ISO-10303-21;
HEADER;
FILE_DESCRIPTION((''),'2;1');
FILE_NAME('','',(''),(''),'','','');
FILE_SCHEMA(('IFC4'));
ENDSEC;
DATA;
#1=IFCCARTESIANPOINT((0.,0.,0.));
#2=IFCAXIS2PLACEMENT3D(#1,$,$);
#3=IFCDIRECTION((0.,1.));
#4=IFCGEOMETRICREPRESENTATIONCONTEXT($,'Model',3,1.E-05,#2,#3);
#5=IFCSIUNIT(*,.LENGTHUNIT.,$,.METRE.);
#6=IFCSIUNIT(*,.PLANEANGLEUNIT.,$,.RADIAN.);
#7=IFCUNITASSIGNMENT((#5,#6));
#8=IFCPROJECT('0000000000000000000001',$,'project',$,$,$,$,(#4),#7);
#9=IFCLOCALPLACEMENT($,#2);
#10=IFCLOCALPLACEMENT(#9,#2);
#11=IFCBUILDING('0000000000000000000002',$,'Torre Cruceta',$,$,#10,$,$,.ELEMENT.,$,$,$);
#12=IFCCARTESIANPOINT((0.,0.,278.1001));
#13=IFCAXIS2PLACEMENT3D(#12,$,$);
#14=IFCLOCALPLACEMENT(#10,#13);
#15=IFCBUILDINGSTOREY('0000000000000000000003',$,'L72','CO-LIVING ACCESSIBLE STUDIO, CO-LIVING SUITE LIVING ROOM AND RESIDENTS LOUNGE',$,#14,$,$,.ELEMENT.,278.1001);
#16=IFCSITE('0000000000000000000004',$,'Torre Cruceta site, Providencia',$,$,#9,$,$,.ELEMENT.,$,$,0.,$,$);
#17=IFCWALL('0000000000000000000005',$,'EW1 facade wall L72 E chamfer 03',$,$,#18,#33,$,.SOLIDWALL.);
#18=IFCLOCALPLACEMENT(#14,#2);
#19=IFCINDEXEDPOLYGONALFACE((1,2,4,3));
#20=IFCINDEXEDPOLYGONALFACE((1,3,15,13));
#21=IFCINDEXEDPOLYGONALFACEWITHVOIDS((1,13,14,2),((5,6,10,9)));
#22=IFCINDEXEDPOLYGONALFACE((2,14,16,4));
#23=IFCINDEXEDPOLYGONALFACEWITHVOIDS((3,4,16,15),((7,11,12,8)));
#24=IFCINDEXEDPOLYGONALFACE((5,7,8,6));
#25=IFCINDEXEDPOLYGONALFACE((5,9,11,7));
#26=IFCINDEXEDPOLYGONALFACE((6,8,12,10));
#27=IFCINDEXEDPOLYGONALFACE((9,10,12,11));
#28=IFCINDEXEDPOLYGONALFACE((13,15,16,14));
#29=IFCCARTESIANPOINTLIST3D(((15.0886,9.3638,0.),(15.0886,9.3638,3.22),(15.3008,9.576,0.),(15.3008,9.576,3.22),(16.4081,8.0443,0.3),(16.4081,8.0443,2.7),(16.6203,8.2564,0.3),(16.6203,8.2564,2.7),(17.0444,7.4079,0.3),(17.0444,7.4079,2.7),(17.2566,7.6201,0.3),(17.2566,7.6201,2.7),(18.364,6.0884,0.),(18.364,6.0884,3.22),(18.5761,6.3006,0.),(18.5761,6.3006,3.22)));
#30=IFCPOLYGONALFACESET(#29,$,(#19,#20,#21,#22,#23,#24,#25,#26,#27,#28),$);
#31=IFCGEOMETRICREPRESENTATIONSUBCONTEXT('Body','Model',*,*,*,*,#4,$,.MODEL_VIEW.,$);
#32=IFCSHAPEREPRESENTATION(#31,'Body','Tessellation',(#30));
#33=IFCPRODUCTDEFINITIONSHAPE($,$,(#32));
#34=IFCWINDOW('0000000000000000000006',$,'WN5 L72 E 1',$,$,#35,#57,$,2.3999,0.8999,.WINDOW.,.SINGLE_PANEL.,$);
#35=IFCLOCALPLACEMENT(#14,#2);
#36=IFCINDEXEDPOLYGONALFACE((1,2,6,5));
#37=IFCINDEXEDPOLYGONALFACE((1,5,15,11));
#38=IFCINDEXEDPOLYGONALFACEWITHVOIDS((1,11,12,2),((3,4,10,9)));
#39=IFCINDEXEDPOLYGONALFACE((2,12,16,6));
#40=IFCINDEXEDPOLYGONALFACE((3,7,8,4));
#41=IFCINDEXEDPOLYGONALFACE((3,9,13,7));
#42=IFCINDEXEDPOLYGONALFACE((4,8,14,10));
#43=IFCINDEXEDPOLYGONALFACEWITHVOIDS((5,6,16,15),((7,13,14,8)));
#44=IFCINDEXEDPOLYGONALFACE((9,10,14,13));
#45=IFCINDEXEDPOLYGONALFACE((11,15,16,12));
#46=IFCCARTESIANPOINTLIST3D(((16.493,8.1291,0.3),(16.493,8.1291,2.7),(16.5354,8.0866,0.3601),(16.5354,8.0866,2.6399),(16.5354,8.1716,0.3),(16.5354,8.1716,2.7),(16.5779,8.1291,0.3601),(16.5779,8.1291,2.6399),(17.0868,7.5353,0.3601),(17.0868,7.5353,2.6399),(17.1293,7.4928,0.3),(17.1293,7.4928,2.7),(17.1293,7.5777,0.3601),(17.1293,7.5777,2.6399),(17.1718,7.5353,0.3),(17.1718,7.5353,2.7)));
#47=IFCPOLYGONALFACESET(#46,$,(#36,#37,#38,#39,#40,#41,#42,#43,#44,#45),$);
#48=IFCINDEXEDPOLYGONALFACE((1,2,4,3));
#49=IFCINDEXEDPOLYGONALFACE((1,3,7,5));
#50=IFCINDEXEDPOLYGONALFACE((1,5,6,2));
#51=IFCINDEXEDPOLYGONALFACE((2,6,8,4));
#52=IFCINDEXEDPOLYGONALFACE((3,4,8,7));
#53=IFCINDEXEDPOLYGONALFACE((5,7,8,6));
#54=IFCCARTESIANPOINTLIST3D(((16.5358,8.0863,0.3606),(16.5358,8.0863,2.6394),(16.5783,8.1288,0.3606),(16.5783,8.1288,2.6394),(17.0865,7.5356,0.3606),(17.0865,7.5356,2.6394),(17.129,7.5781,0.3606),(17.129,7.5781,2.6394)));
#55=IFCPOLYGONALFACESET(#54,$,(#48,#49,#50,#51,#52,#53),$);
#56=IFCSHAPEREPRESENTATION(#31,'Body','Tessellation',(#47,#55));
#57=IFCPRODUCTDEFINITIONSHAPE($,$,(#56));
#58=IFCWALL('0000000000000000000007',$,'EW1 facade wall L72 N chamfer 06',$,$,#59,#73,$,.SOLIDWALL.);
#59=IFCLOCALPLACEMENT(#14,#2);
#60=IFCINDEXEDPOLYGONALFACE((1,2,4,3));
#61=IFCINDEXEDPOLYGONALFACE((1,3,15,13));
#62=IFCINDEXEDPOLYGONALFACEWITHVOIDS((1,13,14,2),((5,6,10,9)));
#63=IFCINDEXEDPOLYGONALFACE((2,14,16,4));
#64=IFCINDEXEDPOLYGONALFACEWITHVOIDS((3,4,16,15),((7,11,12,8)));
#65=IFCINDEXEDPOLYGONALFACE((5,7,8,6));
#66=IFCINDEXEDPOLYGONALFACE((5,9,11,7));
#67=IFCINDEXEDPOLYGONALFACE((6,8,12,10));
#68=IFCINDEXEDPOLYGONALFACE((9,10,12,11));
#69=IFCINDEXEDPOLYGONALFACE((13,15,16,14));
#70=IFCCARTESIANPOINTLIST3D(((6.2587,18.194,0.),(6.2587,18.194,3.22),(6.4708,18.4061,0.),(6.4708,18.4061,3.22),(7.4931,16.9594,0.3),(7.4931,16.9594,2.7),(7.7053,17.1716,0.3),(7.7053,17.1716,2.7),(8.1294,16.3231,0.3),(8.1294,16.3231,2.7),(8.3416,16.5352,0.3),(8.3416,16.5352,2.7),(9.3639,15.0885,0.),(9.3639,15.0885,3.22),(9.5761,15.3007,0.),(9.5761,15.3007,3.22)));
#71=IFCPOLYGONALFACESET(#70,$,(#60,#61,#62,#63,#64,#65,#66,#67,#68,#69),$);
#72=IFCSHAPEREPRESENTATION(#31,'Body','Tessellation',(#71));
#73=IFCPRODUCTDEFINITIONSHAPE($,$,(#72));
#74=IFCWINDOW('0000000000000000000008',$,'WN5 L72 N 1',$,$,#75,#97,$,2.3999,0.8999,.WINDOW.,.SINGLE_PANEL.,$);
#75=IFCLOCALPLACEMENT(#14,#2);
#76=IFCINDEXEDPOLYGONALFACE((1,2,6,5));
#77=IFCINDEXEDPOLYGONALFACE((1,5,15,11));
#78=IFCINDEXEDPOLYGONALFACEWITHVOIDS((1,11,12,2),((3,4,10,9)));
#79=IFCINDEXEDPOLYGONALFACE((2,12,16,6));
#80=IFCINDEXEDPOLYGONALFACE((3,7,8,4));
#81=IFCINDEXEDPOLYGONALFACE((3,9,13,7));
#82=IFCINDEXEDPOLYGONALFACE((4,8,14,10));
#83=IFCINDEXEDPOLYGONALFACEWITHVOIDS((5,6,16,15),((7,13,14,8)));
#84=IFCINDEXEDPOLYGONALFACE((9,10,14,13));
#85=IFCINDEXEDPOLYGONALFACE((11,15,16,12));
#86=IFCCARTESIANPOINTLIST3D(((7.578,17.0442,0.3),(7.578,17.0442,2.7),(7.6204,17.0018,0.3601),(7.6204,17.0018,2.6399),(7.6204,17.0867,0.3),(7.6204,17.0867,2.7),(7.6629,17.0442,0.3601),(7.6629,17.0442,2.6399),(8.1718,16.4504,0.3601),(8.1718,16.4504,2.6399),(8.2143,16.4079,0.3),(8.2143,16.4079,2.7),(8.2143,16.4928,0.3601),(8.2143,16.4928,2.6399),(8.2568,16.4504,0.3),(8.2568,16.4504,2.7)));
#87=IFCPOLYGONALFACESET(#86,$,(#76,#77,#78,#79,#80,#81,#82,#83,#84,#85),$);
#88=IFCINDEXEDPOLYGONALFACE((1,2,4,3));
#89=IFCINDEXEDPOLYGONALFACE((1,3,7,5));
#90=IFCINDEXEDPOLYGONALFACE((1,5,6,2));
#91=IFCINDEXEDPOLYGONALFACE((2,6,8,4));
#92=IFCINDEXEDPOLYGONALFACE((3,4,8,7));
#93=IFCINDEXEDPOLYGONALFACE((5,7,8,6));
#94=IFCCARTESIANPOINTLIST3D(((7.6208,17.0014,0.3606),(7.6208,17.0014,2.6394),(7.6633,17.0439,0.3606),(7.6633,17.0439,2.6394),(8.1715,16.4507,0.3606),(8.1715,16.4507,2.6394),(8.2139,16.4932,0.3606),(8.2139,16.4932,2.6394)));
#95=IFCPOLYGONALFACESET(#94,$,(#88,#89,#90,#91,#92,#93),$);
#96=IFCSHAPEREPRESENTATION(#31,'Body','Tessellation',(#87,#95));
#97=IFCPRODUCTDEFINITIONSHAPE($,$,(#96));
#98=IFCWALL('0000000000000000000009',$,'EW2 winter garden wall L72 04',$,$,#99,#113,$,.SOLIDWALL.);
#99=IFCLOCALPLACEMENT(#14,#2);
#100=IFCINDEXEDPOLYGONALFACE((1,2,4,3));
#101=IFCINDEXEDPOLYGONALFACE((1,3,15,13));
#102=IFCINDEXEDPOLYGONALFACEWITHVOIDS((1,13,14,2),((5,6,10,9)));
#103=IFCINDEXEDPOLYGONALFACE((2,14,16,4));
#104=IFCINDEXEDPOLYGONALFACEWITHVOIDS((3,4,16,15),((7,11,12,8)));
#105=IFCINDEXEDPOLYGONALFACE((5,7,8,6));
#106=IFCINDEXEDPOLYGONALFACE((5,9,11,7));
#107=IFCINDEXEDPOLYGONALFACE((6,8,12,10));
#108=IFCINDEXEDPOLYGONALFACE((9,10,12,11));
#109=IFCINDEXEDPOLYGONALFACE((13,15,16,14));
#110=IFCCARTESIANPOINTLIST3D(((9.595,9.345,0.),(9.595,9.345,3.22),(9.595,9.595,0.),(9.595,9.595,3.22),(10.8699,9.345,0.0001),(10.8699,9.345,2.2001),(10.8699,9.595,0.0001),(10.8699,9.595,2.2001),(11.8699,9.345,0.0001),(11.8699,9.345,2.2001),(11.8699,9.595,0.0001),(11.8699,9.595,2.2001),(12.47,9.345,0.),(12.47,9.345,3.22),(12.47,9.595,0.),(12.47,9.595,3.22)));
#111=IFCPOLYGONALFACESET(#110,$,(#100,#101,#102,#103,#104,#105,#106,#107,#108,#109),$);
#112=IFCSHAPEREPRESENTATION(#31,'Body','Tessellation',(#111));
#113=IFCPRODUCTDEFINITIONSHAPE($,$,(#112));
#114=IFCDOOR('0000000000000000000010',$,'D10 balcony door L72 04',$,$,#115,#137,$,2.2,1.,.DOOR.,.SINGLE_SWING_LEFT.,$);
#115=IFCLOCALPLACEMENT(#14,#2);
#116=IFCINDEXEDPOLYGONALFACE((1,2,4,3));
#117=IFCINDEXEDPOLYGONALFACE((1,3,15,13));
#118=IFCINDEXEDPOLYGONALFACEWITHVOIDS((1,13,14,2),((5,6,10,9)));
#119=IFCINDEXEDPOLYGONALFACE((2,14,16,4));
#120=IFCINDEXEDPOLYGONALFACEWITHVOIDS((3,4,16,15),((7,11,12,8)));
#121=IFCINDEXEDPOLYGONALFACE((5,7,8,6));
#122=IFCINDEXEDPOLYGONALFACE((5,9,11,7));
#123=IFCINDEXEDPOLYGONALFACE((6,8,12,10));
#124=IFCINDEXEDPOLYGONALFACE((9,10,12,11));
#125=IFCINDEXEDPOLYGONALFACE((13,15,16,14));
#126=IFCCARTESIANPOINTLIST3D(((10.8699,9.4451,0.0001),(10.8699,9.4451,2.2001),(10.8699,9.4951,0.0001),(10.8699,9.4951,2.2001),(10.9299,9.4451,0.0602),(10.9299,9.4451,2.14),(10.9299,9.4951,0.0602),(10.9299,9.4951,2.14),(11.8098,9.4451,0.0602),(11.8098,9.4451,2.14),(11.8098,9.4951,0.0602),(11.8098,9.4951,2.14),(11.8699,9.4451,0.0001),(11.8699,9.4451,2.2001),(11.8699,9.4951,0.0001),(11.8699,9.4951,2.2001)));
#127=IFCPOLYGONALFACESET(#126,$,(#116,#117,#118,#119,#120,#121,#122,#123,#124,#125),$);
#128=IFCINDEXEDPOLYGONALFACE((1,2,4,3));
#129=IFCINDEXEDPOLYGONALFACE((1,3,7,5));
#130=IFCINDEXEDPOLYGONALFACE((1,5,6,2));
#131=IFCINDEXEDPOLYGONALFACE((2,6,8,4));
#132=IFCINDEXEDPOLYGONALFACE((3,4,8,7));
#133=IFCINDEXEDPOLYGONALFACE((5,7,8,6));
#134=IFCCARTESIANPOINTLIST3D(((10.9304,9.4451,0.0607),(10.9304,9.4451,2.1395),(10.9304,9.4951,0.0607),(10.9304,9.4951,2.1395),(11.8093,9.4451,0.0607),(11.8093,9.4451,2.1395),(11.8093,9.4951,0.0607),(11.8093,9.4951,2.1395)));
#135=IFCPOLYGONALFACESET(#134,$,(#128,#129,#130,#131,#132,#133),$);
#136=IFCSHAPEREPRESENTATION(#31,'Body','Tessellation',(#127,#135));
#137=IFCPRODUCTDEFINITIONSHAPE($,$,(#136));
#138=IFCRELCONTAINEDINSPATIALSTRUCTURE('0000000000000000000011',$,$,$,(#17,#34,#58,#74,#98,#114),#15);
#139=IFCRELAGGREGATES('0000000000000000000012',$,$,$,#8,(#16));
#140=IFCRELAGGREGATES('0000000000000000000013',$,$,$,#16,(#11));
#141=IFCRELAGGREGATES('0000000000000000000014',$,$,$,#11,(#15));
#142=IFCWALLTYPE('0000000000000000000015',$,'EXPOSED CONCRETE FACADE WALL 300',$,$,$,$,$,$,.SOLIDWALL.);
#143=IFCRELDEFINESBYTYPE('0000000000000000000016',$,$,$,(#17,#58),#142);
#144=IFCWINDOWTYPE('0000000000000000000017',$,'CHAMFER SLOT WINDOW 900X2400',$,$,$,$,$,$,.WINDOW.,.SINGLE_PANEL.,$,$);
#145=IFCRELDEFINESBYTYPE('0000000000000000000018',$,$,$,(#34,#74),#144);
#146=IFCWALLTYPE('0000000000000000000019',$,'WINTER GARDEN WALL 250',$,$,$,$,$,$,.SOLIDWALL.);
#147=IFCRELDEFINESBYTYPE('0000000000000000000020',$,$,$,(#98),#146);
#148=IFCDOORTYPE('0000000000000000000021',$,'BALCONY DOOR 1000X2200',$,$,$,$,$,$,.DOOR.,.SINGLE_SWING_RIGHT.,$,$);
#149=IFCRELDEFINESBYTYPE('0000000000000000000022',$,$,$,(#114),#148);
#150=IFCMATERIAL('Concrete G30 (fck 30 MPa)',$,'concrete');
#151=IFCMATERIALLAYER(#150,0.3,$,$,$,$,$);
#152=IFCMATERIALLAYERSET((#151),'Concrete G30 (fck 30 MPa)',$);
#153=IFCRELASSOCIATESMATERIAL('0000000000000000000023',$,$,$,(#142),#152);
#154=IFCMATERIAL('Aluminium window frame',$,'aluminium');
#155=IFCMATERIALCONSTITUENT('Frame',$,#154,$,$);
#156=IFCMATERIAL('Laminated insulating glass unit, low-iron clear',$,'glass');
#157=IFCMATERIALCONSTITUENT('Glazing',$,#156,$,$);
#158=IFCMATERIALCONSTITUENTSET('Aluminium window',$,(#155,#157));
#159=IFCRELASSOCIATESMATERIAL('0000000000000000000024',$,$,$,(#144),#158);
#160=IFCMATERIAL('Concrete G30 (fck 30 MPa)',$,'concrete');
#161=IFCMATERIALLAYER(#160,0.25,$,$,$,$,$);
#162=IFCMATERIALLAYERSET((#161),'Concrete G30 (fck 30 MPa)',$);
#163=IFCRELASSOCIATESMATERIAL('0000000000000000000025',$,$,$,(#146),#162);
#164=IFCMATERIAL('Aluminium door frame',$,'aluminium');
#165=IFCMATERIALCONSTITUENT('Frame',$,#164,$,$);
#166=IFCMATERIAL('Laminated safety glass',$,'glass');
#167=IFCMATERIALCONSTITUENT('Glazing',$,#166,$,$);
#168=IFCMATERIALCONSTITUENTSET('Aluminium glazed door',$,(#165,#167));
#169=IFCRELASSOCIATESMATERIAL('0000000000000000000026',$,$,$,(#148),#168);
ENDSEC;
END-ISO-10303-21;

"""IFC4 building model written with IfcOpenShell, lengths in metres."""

from ifc_helpers import new_model, si_unit, direction, frame, frame_2d, origin, place, context, subcontext, project, spatial, rectangle, hollow_rectangle, extrude, material, layer, layer_set, constituent, constituent_set, type_object, element, fill, save


model = new_model("IFC4")

# Units and contexts
model_context = context("Model", 3, precision=1e-05, world=origin(), true_north=direction((0.0, 1.0)))
body_context = subcontext(model_context, "Body", "Model", "MODEL_VIEW")
ifc_project = project(units=[si_unit("LENGTHUNIT", "METRE"), si_unit("PLANEANGLEUNIT", "RADIAN")], contexts=[model_context])

# Site, building, storey
site_placement = place(None, origin())
site = spatial("IfcSite", under=ifc_project, at=site_placement, Name="Torre Cruceta site, Providencia", CompositionType="ELEMENT", RefElevation=0.0)
building_placement = place(site_placement, origin())
building = spatial("IfcBuilding", under=site, at=building_placement, Name="Torre Cruceta", CompositionType="ELEMENT")
storey_placement = place(building_placement, frame((0.0, 0.0, 278.1001)))
storey = spatial("IfcBuildingStorey", under=building, at=storey_placement, Name="L72", Description="CO-LIVING ACCESSIBLE STUDIO, CO-LIVING SUITE LIVING ROOM AND RESIDENTS LOUNGE", CompositionType="ELEMENT", Elevation=278.1001)

# Walls, openings, windows
ifc_material_1 = material(Name="Concrete G30 (fck 30 MPa)", Category="concrete")
ifc_layer_1 = layer(ifc_material_1, 0.3)
ifc_layer_set_1 = layer_set([ifc_layer_1], Name="Concrete G30 (fck 30 MPa)")
wall_type_1 = type_object("IfcWallType", Name="EXPOSED CONCRETE FACADE WALL 300", PredefinedType="SOLIDWALL", material=ifc_layer_set_1)
wall_1_placement = place(storey_placement, frame((18.47, 6.1946, 0.0), z_axis=(0.0, 0.0, 1.0), x_axis=(-0.707107, 0.707107, 0.0)))
wall_1 = element("IfcWall", 1, at=wall_1_placement, inside=storey, type_object=wall_type_1, Name="EW1 facade wall L72 E chamfer 03", PredefinedType="SOLIDWALL", context=body_context, shape_type="SweptSolid", body=[
    extrude(rectangle(XDim=4.6321, YDim=0.3, at=frame_2d((2.3159, 0.0))), origin(), (0.0, 0.0, 1.0), 3.22),
])
opening_1_placement = place(wall_1_placement, frame((1.866, 0.0, 0.3)))
opening_1 = element("IfcOpeningElement", 2, at=opening_1_placement, cuts=wall_1, PredefinedType="OPENING", context=body_context, shape_type="SweptSolid", body=[
    extrude(rectangle(XDim=0.8999, YDim=2.3999, at=frame_2d((0.45, 1.2))), frame((0.0, 0.1599, 0.0), z_axis=(0.0, -1.0, 0.0), x_axis=(1.0, 0.0, 0.0)), (0.0, 0.0, 1.0), 0.3201),
])
ifc_material_2 = material(Name="Aluminium window frame", Category="aluminium")
ifc_constituent_1 = constituent(ifc_material_2, Name="Frame")
ifc_material_3 = material(Name="Laminated insulating glass unit, low-iron clear", Category="glass")
ifc_constituent_2 = constituent(ifc_material_3, Name="Glazing")
ifc_constituent_set_1 = constituent_set(constituents=[ifc_constituent_1, ifc_constituent_2], Name="Aluminium window")
window_type = type_object("IfcWindowType", Name="CHAMFER SLOT WINDOW 900X2400", PartitioningType="SINGLE_PANEL", PredefinedType="WINDOW", material=ifc_constituent_set_1)
window_1_placement = place(opening_1_placement, origin())
window_1 = element("IfcWindow", 3, at=window_1_placement, inside=storey, type_object=window_type, Name="WN5 L72 E 1", OverallHeight=2.3999, OverallWidth=0.8999, PartitioningType="SINGLE_PANEL", PredefinedType="WINDOW", context=body_context, shape_type="SweptSolid", body=[
    extrude(hollow_rectangle(XDim=0.8999, YDim=2.3999, WallThickness=0.0601, at=frame_2d((0.45, 1.2))), frame((0.0, 0.03, 0.0), z_axis=(0.0, -1.0, 0.0), x_axis=(1.0, 0.0, 0.0)), (0.0, 0.0, 1.0), 0.0601),
    extrude(rectangle(XDim=0.7788, YDim=2.2788, at=frame_2d((0.45, 1.2))), frame((0.0, 0.03, 0.0), z_axis=(0.0, -1.0, 0.0), x_axis=(1.0, 0.0, 0.0)), (0.0, 0.0, 1.0), 0.0601),
])
fill(opening_1, window_1)
wall_2_placement = place(storey_placement, frame((9.47, 15.1946, 0.0), z_axis=(0.0, 0.0, 1.0), x_axis=(-0.707079, 0.707135, 0.0)))
wall_2 = element("IfcWall", 4, at=wall_2_placement, inside=storey, type_object=wall_type_1, Name="EW1 facade wall L72 N chamfer 06", PredefinedType="SOLIDWALL", context=body_context, shape_type="SweptSolid", body=[
    extrude(rectangle(XDim=4.3916, YDim=0.3, at=frame_2d((2.1958, 0.0))), origin(), (0.0, 0.0, 1.0), 3.22),
])
opening_2_placement = place(wall_2_placement, frame((1.7458, 0.0, 0.3)))
opening_2 = element("IfcOpeningElement", 5, at=opening_2_placement, cuts=wall_2, PredefinedType="OPENING", context=body_context, shape_type="SweptSolid", body=[
    extrude(rectangle(XDim=0.8999, YDim=2.3999, at=frame_2d((0.45, 1.2))), frame((0.0, 0.1599, 0.0), z_axis=(0.0, -1.0, 0.0), x_axis=(1.0, 0.0, 0.0)), (0.0, 0.0, 1.0), 0.3201),
])
window_2_placement = place(opening_2_placement, origin())
window_2 = element("IfcWindow", 6, at=window_2_placement, inside=storey, type_object=window_type, Name="WN5 L72 N 1", OverallHeight=2.3999, OverallWidth=0.8999, PartitioningType="SINGLE_PANEL", PredefinedType="WINDOW", context=body_context, shape_type="SweptSolid", body=[
    extrude(hollow_rectangle(XDim=0.8999, YDim=2.3999, WallThickness=0.0601, at=frame_2d((0.45, 1.2))), frame((0.0, 0.03, 0.0), z_axis=(0.0, -1.0, 0.0), x_axis=(1.0, 0.0, 0.0)), (0.0, 0.0, 1.0), 0.0601),
    extrude(rectangle(XDim=0.7788, YDim=2.2788, at=frame_2d((0.45, 1.2))), frame((0.0, 0.03, 0.0), z_axis=(0.0, -1.0, 0.0), x_axis=(1.0, 0.0, 0.0)), (0.0, 0.0, 1.0), 0.0601),
])
fill(opening_2, window_2)

# Wall, opening, door
ifc_material_4 = material(Name="Concrete G30 (fck 30 MPa)", Category="concrete")
ifc_layer_2 = layer(ifc_material_4, 0.25)
ifc_layer_set_2 = layer_set([ifc_layer_2], Name="Concrete G30 (fck 30 MPa)")
wall_type_2 = type_object("IfcWallType", Name="WINTER GARDEN WALL 250", PredefinedType="SOLIDWALL", material=ifc_layer_set_2)
wall_3_placement = place(storey_placement, frame((12.47, 9.47, 0.0), z_axis=(0.0, 0.0, 1.0), x_axis=(-1.0, 0.0, 0.0)))
wall_3 = element("IfcWall", 7, at=wall_3_placement, inside=storey, type_object=wall_type_2, Name="EW2 winter garden wall L72 04", PredefinedType="SOLIDWALL", context=body_context, shape_type="SweptSolid", body=[
    extrude(rectangle(XDim=2.875, YDim=0.25, at=frame_2d((1.4375, 0.0))), origin(), (0.0, 0.0, 1.0), 3.22),
])
opening_3_placement = place(wall_3_placement, frame((0.6001, 0.0, 0.0)))
opening_3 = element("IfcOpeningElement", 8, at=opening_3_placement, cuts=wall_3, PredefinedType="OPENING", context=body_context, shape_type="SweptSolid", body=[
    extrude(rectangle(XDim=1.0, YDim=2.2, at=frame_2d((0.5, 1.1001))), frame((0.0, 0.135, 0.0), z_axis=(0.0, -1.0, 0.0), x_axis=(1.0, 0.0, 0.0)), (0.0, 0.0, 1.0), 0.27),
])
ifc_material_5 = material(Name="Aluminium door frame", Category="aluminium")
ifc_constituent_3 = constituent(ifc_material_5, Name="Frame")
ifc_material_6 = material(Name="Laminated safety glass", Category="glass")
ifc_constituent_4 = constituent(ifc_material_6, Name="Glazing")
ifc_constituent_set_2 = constituent_set(constituents=[ifc_constituent_3, ifc_constituent_4], Name="Aluminium glazed door")
door_type = type_object("IfcDoorType", Name="BALCONY DOOR 1000X2200", OperationType="SINGLE_SWING_RIGHT", PredefinedType="DOOR", material=ifc_constituent_set_2)
door_1_placement = place(opening_3_placement, origin())
door_1 = element("IfcDoor", 9, at=door_1_placement, inside=storey, type_object=door_type, Name="D10 balcony door L72 04", OperationType="SINGLE_SWING_LEFT", OverallHeight=2.2, OverallWidth=1.0, PredefinedType="DOOR", context=body_context, shape_type="SweptSolid", body=[
    extrude(hollow_rectangle(XDim=1.0, YDim=2.2, WallThickness=0.0601, at=frame_2d((0.5, 1.1001))), frame((0.0, 0.0249, 0.0), z_axis=(0.0, -1.0, 0.0), x_axis=(1.0, 0.0, 0.0)), (0.0, 0.0, 1.0), 0.05),
    extrude(rectangle(XDim=0.8789, YDim=2.0789, at=frame_2d((0.5, 1.1001))), frame((0.0, 0.0249, 0.0), z_axis=(0.0, -1.0, 0.0), x_axis=(1.0, 0.0, 0.0)), (0.0, 0.0, 1.0), 0.05),
])
fill(opening_3, door_1)

save(model, "model.ifc")
